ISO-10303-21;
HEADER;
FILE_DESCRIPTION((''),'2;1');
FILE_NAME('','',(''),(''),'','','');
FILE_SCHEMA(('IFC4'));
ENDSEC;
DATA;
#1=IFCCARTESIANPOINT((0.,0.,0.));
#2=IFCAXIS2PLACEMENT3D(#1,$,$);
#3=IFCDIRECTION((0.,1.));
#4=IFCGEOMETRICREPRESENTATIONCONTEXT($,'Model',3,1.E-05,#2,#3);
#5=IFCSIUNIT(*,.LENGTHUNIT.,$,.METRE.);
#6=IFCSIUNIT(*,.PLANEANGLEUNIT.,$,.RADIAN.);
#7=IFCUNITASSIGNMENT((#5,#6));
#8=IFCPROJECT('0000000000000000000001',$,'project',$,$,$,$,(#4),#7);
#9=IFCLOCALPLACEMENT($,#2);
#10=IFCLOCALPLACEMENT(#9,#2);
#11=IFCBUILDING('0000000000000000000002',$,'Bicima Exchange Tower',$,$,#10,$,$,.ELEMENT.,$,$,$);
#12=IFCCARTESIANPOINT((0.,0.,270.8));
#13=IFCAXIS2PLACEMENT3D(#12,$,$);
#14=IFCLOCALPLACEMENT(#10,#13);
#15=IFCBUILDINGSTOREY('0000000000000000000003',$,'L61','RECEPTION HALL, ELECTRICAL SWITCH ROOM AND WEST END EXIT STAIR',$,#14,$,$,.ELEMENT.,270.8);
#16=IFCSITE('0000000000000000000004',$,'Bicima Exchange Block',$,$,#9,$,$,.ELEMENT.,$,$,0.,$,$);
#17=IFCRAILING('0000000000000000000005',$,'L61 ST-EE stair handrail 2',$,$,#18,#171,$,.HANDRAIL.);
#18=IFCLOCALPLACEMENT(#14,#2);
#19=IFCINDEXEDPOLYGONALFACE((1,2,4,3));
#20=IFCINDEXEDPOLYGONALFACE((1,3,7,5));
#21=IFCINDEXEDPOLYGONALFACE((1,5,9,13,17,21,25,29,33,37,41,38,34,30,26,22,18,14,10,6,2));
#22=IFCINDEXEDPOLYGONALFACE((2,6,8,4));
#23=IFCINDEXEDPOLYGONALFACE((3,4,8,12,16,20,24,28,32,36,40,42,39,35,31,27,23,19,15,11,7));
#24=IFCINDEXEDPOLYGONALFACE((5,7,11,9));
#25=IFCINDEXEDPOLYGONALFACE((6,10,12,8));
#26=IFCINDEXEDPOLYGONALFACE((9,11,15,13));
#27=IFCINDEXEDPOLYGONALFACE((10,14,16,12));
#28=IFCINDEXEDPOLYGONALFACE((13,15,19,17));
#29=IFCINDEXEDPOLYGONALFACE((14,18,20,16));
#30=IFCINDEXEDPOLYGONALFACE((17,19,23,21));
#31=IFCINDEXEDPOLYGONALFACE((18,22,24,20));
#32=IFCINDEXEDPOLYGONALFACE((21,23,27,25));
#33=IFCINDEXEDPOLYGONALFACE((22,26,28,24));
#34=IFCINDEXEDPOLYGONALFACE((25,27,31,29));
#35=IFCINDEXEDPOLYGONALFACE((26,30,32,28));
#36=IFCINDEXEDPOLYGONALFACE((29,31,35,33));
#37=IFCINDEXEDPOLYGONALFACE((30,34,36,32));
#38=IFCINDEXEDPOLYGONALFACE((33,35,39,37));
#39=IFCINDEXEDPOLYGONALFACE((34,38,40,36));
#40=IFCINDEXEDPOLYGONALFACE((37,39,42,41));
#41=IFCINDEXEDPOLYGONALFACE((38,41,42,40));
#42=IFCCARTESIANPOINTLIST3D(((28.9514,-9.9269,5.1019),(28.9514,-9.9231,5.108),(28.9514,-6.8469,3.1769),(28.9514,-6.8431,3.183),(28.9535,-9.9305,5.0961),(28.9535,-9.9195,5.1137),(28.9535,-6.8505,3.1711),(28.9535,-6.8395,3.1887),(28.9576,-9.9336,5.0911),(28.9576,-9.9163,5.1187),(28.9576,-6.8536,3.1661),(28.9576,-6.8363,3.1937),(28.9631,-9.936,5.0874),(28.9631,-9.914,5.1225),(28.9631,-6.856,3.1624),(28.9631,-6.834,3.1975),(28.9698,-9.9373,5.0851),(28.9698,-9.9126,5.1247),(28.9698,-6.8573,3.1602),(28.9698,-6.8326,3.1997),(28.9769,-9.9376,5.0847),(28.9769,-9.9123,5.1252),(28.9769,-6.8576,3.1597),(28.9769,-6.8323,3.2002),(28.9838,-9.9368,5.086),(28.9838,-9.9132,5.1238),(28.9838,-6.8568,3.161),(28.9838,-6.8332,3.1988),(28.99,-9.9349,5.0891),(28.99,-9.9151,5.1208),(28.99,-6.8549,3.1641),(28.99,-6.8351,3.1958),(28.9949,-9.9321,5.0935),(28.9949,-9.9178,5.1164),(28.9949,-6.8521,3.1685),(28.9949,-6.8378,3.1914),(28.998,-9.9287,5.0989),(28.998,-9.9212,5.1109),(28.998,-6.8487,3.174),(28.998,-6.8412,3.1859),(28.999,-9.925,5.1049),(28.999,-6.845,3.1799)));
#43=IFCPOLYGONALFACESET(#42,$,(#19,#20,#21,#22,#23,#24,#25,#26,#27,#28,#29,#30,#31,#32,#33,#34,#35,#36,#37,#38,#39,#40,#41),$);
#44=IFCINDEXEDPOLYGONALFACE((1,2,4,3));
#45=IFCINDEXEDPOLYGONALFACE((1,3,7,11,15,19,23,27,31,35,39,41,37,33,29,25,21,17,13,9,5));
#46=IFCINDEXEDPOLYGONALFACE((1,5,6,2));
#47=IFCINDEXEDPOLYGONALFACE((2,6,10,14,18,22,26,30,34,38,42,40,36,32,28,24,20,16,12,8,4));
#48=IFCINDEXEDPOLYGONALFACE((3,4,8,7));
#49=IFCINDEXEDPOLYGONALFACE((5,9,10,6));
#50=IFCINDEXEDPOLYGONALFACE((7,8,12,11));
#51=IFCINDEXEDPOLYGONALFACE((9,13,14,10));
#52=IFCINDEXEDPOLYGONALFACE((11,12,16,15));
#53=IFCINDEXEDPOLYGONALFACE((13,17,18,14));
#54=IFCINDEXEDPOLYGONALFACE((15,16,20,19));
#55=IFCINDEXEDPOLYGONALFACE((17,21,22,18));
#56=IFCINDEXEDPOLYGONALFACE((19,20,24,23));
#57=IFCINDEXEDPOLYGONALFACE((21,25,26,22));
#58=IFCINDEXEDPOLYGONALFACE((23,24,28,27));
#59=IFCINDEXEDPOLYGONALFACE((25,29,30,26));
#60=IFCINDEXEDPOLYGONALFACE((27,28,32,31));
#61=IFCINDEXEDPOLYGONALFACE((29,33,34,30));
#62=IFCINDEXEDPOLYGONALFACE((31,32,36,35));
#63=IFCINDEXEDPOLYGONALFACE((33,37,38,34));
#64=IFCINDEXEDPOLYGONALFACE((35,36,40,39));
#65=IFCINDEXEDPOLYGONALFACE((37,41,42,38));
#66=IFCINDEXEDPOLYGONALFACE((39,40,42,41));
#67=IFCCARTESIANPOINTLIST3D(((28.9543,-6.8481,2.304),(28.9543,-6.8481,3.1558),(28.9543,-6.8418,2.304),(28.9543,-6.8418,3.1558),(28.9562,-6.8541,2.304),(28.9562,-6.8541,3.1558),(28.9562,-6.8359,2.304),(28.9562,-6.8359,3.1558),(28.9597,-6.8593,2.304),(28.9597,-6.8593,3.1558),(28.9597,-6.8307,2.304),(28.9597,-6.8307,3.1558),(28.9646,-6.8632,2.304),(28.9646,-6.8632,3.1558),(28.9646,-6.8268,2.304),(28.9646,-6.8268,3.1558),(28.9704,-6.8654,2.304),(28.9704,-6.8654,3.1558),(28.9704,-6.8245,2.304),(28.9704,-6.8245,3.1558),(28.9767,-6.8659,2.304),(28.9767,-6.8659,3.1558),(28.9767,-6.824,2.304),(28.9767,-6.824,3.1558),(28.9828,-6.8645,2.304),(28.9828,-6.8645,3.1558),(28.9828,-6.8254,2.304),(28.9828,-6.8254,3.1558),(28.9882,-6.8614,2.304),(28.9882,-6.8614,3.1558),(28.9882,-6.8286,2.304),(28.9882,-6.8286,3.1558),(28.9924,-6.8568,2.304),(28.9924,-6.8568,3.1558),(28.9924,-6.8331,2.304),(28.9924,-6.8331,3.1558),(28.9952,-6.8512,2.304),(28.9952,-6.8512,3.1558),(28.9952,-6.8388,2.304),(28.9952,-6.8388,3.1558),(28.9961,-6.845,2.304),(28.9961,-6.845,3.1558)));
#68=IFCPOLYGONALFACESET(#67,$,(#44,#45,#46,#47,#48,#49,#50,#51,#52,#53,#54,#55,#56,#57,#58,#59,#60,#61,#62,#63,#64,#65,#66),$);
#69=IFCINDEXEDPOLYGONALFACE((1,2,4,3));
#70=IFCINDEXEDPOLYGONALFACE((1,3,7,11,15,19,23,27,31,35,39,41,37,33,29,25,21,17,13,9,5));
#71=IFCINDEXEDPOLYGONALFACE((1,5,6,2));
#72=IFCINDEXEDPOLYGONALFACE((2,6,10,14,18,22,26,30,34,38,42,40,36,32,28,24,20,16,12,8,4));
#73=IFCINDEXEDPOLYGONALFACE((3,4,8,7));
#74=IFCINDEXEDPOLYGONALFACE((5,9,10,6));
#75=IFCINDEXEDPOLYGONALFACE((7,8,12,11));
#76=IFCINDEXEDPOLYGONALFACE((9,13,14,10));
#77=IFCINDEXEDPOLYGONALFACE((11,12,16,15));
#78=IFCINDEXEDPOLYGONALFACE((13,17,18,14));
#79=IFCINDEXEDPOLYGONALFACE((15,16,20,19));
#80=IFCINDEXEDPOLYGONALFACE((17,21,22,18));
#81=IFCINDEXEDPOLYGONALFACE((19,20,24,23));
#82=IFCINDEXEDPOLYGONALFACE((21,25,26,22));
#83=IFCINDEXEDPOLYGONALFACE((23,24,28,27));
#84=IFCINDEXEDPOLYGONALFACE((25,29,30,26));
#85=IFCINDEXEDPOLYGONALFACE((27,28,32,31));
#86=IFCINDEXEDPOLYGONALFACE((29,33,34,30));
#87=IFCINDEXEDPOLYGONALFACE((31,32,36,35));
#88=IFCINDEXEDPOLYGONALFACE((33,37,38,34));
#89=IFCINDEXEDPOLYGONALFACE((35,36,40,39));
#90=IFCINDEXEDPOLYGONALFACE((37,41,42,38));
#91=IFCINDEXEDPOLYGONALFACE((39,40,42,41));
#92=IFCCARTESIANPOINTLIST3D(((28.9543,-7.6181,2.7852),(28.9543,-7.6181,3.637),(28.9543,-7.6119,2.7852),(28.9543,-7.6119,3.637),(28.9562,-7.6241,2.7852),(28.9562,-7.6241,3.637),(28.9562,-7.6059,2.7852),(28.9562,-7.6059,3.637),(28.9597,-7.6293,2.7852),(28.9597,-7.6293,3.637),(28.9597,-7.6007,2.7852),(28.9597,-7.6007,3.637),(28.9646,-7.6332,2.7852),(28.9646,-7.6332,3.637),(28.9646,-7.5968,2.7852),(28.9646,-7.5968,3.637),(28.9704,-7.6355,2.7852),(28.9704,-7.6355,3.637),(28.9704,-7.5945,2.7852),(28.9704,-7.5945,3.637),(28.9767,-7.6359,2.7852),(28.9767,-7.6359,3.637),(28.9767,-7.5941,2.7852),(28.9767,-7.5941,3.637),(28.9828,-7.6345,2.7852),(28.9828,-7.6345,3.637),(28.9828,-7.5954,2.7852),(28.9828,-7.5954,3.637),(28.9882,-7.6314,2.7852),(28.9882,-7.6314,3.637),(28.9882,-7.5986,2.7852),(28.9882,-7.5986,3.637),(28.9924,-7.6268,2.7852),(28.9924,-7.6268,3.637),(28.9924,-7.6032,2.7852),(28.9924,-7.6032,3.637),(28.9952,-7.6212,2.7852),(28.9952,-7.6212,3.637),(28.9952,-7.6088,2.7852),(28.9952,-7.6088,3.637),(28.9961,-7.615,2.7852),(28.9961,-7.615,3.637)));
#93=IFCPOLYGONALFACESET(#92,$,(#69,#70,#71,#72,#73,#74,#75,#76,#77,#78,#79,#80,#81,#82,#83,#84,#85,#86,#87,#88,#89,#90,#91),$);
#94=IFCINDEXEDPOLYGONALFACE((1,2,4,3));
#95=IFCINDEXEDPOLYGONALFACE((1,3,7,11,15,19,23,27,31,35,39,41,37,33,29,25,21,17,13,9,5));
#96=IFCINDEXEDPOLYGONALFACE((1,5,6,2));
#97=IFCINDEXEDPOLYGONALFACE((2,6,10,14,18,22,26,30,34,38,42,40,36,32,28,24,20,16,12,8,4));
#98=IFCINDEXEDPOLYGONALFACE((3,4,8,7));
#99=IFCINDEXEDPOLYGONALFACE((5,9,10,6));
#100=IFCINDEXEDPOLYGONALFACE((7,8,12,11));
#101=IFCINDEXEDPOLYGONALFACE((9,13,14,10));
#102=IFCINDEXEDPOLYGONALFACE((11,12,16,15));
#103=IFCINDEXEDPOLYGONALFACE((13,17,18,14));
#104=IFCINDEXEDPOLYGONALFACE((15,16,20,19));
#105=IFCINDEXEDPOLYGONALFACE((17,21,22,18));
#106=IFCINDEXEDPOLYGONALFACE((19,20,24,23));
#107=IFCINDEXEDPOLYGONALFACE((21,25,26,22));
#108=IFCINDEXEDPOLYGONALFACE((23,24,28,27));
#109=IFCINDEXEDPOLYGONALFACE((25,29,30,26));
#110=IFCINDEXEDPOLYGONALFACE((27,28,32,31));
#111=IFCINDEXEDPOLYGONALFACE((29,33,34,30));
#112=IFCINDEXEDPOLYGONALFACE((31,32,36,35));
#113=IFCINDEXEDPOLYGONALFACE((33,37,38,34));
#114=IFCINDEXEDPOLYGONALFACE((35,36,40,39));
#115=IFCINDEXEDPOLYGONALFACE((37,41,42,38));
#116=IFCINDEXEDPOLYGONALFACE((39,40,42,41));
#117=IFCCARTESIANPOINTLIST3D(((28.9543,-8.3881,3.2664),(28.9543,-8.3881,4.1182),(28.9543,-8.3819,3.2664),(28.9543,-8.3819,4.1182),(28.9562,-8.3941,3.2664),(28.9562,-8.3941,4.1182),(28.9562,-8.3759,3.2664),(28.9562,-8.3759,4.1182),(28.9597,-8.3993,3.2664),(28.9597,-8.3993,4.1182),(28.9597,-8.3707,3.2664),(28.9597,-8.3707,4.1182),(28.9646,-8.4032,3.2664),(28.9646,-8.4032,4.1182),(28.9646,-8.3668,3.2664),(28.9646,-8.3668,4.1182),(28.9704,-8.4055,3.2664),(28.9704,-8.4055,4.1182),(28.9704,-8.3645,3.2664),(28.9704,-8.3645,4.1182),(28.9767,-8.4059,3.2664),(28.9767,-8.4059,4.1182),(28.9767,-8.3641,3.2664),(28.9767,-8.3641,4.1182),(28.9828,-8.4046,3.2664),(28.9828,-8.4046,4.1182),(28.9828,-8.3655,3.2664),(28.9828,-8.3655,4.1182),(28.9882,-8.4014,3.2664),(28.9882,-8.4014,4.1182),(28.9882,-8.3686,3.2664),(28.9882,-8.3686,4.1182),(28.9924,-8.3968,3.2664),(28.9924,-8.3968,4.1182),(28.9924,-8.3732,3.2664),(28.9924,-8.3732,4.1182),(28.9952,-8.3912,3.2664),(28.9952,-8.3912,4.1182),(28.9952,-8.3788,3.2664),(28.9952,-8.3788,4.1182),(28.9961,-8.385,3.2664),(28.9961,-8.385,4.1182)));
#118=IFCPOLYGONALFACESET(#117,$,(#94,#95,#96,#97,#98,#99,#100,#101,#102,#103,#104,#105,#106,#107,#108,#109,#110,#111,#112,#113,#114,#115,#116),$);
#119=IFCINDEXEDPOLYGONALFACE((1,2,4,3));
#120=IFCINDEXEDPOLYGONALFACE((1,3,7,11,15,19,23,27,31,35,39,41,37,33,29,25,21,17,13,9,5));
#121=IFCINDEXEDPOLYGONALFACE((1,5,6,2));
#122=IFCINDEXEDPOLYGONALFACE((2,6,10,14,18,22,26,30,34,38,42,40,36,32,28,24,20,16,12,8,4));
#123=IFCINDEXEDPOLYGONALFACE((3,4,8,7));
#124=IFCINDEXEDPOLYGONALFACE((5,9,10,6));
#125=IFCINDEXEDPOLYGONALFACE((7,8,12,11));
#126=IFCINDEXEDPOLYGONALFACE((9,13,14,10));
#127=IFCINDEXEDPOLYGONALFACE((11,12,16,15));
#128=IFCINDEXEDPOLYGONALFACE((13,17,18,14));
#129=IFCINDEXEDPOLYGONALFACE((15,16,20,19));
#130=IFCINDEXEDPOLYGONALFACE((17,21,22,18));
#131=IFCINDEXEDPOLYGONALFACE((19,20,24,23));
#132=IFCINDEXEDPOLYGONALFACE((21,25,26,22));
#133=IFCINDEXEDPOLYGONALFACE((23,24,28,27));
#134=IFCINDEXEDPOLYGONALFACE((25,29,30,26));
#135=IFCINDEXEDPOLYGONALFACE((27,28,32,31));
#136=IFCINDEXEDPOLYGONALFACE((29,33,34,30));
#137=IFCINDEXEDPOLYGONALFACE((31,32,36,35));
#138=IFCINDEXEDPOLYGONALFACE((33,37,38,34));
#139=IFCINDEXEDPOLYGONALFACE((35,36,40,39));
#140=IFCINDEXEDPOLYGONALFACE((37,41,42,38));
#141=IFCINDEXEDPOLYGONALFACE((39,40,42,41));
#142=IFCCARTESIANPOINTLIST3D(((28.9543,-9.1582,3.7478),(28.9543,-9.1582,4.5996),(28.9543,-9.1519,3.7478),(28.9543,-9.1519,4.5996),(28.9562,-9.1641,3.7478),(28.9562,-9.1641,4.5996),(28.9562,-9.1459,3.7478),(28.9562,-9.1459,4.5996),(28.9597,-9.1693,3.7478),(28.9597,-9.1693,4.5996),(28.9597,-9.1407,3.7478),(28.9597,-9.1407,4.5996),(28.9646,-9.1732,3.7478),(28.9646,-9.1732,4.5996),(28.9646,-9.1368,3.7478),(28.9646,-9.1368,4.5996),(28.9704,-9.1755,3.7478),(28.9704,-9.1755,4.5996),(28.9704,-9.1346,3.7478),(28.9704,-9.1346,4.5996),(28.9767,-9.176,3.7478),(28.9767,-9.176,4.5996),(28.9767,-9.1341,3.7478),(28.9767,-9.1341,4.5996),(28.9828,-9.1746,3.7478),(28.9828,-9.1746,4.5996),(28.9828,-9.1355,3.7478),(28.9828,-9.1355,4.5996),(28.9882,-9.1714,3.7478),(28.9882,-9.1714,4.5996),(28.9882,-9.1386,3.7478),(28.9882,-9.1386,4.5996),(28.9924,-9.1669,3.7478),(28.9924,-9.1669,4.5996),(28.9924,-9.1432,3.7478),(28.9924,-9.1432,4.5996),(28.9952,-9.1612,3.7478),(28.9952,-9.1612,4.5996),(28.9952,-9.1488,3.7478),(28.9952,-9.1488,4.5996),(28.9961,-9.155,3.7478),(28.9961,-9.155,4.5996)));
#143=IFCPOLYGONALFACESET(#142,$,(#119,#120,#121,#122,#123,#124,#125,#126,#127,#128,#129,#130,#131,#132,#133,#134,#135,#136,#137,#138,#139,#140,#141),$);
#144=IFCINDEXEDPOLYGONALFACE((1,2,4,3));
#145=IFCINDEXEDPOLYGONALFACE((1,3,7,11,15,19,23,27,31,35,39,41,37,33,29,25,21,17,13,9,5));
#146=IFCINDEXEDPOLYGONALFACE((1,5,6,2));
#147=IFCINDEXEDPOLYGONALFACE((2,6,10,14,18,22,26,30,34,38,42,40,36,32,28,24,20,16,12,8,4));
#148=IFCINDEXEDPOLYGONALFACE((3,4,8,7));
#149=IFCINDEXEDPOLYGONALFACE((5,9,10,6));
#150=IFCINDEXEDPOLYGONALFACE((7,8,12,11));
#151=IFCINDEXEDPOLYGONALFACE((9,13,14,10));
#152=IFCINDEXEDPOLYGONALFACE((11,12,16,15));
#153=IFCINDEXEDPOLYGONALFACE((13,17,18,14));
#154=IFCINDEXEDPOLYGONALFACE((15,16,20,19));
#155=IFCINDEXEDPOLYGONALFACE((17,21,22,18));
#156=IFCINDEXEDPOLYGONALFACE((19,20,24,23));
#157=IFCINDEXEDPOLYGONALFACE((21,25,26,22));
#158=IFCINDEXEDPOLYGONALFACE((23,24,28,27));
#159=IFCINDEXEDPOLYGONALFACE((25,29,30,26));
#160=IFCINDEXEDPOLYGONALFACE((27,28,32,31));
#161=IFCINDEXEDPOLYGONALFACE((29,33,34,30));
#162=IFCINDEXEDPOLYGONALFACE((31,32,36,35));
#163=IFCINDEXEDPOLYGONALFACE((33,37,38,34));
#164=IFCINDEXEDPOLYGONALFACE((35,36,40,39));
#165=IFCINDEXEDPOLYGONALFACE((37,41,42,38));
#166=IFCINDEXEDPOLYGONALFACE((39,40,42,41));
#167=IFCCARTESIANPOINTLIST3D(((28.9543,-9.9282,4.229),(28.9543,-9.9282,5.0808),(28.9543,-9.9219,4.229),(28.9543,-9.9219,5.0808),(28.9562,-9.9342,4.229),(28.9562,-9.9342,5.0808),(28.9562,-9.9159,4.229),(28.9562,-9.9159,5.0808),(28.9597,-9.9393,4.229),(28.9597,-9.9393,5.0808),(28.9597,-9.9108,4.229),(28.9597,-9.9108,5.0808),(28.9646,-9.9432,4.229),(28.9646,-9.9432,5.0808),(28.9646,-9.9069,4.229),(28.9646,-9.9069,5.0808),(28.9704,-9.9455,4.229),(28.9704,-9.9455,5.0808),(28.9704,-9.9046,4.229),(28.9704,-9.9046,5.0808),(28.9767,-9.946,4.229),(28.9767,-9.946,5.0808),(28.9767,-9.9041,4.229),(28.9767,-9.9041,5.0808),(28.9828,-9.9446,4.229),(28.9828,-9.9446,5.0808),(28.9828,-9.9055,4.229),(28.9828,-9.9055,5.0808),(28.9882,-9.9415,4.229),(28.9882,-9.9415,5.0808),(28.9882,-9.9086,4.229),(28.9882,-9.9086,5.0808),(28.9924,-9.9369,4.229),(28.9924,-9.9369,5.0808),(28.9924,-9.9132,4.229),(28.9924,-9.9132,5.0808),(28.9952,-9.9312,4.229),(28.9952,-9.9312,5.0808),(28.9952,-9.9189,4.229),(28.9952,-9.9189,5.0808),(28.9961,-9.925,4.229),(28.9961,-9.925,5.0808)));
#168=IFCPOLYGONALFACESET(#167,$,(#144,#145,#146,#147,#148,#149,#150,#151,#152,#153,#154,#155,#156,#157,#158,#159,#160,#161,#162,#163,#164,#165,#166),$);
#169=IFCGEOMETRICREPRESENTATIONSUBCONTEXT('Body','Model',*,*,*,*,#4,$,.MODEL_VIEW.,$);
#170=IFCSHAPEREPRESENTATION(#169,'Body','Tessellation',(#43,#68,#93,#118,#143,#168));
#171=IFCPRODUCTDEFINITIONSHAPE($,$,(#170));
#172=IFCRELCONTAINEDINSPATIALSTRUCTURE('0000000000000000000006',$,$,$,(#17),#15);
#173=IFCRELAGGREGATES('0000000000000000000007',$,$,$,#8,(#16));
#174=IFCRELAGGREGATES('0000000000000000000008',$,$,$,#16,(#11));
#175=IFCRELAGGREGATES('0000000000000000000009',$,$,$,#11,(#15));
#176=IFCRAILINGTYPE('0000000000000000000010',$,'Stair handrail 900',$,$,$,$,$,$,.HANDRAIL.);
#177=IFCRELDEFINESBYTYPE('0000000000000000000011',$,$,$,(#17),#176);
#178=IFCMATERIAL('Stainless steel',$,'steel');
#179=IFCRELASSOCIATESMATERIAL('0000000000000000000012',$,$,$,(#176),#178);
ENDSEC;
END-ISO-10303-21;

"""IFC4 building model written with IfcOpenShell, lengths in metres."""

from ifc_helpers import new_model, si_unit, direction, frame, origin, origin_2d, place, context, subcontext, project, spatial, circle, extrude, material, type_object, element, save


model = new_model("IFC4")

# Units and contexts
model_context = context("Model", 3, precision=1e-05, world=origin(), true_north=direction((0.0, 1.0)))
body_context = subcontext(model_context, "Body", "Model", "MODEL_VIEW")
ifc_project = project(units=[si_unit("LENGTHUNIT", "METRE"), si_unit("PLANEANGLEUNIT", "RADIAN")], contexts=[model_context])

# Site, building, storey
site_placement = place(None, origin())
site = spatial("IfcSite", under=ifc_project, at=site_placement, Name="Bicima Exchange Block", CompositionType="ELEMENT", RefElevation=0.0)
building_placement = place(site_placement, origin())
building = spatial("IfcBuilding", under=site, at=building_placement, Name="Bicima Exchange Tower", CompositionType="ELEMENT")
storey_placement = place(building_placement, frame((0.0, 0.0, 270.8)))
storey = spatial("IfcBuildingStorey", under=building, at=storey_placement, Name="L61", Description="RECEPTION HALL, ELECTRICAL SWITCH ROOM AND WEST END EXIT STAIR", CompositionType="ELEMENT", Elevation=270.8)

# Railing
ifc_material_1 = material(Name="Stainless steel", Category="steel")
railing_type_1 = type_object("IfcRailingType", Name="Stair handrail 900", PredefinedType="HANDRAIL", material=ifc_material_1)
railing_1_placement = place(storey_placement, frame((28.9751, -6.845, 2.304)))
element("IfcRailing", 1, at=railing_1_placement, inside=storey, type_object=railing_type_1, Name="L61 ST-EE stair handrail 2", PredefinedType="HANDRAIL", context=body_context, shape_type="SweptSolid", body=[
    extrude(circle(Radius=0.0239, at=origin_2d()), frame((0.0, 0.0, 0.876), z_axis=(0.0, -0.847998, 0.529999), x_axis=(1.0, 0.0, 0.0)), (0.0, 0.0, 1.0), 3.6321),
    extrude(circle(Radius=0.021, at=origin_2d()), origin(), (0.0, 0.0, 1.0), 0.8518),
    extrude(circle(Radius=0.021, at=origin_2d()), frame((0.0, -0.77, 0.4812)), (0.0, 0.0, 1.0), 0.8518),
    extrude(circle(Radius=0.021, at=origin_2d()), frame((0.0, -1.54, 0.9624)), (0.0, 0.0, 1.0), 0.8518),
    extrude(circle(Radius=0.021, at=origin_2d()), frame((0.0, -2.3101, 1.4438)), (0.0, 0.0, 1.0), 0.8518),
    extrude(circle(Radius=0.021, at=origin_2d()), frame((0.0, -3.0801, 1.925)), (0.0, 0.0, 1.0), 0.8518),
])

save(model, "model.ifc")
